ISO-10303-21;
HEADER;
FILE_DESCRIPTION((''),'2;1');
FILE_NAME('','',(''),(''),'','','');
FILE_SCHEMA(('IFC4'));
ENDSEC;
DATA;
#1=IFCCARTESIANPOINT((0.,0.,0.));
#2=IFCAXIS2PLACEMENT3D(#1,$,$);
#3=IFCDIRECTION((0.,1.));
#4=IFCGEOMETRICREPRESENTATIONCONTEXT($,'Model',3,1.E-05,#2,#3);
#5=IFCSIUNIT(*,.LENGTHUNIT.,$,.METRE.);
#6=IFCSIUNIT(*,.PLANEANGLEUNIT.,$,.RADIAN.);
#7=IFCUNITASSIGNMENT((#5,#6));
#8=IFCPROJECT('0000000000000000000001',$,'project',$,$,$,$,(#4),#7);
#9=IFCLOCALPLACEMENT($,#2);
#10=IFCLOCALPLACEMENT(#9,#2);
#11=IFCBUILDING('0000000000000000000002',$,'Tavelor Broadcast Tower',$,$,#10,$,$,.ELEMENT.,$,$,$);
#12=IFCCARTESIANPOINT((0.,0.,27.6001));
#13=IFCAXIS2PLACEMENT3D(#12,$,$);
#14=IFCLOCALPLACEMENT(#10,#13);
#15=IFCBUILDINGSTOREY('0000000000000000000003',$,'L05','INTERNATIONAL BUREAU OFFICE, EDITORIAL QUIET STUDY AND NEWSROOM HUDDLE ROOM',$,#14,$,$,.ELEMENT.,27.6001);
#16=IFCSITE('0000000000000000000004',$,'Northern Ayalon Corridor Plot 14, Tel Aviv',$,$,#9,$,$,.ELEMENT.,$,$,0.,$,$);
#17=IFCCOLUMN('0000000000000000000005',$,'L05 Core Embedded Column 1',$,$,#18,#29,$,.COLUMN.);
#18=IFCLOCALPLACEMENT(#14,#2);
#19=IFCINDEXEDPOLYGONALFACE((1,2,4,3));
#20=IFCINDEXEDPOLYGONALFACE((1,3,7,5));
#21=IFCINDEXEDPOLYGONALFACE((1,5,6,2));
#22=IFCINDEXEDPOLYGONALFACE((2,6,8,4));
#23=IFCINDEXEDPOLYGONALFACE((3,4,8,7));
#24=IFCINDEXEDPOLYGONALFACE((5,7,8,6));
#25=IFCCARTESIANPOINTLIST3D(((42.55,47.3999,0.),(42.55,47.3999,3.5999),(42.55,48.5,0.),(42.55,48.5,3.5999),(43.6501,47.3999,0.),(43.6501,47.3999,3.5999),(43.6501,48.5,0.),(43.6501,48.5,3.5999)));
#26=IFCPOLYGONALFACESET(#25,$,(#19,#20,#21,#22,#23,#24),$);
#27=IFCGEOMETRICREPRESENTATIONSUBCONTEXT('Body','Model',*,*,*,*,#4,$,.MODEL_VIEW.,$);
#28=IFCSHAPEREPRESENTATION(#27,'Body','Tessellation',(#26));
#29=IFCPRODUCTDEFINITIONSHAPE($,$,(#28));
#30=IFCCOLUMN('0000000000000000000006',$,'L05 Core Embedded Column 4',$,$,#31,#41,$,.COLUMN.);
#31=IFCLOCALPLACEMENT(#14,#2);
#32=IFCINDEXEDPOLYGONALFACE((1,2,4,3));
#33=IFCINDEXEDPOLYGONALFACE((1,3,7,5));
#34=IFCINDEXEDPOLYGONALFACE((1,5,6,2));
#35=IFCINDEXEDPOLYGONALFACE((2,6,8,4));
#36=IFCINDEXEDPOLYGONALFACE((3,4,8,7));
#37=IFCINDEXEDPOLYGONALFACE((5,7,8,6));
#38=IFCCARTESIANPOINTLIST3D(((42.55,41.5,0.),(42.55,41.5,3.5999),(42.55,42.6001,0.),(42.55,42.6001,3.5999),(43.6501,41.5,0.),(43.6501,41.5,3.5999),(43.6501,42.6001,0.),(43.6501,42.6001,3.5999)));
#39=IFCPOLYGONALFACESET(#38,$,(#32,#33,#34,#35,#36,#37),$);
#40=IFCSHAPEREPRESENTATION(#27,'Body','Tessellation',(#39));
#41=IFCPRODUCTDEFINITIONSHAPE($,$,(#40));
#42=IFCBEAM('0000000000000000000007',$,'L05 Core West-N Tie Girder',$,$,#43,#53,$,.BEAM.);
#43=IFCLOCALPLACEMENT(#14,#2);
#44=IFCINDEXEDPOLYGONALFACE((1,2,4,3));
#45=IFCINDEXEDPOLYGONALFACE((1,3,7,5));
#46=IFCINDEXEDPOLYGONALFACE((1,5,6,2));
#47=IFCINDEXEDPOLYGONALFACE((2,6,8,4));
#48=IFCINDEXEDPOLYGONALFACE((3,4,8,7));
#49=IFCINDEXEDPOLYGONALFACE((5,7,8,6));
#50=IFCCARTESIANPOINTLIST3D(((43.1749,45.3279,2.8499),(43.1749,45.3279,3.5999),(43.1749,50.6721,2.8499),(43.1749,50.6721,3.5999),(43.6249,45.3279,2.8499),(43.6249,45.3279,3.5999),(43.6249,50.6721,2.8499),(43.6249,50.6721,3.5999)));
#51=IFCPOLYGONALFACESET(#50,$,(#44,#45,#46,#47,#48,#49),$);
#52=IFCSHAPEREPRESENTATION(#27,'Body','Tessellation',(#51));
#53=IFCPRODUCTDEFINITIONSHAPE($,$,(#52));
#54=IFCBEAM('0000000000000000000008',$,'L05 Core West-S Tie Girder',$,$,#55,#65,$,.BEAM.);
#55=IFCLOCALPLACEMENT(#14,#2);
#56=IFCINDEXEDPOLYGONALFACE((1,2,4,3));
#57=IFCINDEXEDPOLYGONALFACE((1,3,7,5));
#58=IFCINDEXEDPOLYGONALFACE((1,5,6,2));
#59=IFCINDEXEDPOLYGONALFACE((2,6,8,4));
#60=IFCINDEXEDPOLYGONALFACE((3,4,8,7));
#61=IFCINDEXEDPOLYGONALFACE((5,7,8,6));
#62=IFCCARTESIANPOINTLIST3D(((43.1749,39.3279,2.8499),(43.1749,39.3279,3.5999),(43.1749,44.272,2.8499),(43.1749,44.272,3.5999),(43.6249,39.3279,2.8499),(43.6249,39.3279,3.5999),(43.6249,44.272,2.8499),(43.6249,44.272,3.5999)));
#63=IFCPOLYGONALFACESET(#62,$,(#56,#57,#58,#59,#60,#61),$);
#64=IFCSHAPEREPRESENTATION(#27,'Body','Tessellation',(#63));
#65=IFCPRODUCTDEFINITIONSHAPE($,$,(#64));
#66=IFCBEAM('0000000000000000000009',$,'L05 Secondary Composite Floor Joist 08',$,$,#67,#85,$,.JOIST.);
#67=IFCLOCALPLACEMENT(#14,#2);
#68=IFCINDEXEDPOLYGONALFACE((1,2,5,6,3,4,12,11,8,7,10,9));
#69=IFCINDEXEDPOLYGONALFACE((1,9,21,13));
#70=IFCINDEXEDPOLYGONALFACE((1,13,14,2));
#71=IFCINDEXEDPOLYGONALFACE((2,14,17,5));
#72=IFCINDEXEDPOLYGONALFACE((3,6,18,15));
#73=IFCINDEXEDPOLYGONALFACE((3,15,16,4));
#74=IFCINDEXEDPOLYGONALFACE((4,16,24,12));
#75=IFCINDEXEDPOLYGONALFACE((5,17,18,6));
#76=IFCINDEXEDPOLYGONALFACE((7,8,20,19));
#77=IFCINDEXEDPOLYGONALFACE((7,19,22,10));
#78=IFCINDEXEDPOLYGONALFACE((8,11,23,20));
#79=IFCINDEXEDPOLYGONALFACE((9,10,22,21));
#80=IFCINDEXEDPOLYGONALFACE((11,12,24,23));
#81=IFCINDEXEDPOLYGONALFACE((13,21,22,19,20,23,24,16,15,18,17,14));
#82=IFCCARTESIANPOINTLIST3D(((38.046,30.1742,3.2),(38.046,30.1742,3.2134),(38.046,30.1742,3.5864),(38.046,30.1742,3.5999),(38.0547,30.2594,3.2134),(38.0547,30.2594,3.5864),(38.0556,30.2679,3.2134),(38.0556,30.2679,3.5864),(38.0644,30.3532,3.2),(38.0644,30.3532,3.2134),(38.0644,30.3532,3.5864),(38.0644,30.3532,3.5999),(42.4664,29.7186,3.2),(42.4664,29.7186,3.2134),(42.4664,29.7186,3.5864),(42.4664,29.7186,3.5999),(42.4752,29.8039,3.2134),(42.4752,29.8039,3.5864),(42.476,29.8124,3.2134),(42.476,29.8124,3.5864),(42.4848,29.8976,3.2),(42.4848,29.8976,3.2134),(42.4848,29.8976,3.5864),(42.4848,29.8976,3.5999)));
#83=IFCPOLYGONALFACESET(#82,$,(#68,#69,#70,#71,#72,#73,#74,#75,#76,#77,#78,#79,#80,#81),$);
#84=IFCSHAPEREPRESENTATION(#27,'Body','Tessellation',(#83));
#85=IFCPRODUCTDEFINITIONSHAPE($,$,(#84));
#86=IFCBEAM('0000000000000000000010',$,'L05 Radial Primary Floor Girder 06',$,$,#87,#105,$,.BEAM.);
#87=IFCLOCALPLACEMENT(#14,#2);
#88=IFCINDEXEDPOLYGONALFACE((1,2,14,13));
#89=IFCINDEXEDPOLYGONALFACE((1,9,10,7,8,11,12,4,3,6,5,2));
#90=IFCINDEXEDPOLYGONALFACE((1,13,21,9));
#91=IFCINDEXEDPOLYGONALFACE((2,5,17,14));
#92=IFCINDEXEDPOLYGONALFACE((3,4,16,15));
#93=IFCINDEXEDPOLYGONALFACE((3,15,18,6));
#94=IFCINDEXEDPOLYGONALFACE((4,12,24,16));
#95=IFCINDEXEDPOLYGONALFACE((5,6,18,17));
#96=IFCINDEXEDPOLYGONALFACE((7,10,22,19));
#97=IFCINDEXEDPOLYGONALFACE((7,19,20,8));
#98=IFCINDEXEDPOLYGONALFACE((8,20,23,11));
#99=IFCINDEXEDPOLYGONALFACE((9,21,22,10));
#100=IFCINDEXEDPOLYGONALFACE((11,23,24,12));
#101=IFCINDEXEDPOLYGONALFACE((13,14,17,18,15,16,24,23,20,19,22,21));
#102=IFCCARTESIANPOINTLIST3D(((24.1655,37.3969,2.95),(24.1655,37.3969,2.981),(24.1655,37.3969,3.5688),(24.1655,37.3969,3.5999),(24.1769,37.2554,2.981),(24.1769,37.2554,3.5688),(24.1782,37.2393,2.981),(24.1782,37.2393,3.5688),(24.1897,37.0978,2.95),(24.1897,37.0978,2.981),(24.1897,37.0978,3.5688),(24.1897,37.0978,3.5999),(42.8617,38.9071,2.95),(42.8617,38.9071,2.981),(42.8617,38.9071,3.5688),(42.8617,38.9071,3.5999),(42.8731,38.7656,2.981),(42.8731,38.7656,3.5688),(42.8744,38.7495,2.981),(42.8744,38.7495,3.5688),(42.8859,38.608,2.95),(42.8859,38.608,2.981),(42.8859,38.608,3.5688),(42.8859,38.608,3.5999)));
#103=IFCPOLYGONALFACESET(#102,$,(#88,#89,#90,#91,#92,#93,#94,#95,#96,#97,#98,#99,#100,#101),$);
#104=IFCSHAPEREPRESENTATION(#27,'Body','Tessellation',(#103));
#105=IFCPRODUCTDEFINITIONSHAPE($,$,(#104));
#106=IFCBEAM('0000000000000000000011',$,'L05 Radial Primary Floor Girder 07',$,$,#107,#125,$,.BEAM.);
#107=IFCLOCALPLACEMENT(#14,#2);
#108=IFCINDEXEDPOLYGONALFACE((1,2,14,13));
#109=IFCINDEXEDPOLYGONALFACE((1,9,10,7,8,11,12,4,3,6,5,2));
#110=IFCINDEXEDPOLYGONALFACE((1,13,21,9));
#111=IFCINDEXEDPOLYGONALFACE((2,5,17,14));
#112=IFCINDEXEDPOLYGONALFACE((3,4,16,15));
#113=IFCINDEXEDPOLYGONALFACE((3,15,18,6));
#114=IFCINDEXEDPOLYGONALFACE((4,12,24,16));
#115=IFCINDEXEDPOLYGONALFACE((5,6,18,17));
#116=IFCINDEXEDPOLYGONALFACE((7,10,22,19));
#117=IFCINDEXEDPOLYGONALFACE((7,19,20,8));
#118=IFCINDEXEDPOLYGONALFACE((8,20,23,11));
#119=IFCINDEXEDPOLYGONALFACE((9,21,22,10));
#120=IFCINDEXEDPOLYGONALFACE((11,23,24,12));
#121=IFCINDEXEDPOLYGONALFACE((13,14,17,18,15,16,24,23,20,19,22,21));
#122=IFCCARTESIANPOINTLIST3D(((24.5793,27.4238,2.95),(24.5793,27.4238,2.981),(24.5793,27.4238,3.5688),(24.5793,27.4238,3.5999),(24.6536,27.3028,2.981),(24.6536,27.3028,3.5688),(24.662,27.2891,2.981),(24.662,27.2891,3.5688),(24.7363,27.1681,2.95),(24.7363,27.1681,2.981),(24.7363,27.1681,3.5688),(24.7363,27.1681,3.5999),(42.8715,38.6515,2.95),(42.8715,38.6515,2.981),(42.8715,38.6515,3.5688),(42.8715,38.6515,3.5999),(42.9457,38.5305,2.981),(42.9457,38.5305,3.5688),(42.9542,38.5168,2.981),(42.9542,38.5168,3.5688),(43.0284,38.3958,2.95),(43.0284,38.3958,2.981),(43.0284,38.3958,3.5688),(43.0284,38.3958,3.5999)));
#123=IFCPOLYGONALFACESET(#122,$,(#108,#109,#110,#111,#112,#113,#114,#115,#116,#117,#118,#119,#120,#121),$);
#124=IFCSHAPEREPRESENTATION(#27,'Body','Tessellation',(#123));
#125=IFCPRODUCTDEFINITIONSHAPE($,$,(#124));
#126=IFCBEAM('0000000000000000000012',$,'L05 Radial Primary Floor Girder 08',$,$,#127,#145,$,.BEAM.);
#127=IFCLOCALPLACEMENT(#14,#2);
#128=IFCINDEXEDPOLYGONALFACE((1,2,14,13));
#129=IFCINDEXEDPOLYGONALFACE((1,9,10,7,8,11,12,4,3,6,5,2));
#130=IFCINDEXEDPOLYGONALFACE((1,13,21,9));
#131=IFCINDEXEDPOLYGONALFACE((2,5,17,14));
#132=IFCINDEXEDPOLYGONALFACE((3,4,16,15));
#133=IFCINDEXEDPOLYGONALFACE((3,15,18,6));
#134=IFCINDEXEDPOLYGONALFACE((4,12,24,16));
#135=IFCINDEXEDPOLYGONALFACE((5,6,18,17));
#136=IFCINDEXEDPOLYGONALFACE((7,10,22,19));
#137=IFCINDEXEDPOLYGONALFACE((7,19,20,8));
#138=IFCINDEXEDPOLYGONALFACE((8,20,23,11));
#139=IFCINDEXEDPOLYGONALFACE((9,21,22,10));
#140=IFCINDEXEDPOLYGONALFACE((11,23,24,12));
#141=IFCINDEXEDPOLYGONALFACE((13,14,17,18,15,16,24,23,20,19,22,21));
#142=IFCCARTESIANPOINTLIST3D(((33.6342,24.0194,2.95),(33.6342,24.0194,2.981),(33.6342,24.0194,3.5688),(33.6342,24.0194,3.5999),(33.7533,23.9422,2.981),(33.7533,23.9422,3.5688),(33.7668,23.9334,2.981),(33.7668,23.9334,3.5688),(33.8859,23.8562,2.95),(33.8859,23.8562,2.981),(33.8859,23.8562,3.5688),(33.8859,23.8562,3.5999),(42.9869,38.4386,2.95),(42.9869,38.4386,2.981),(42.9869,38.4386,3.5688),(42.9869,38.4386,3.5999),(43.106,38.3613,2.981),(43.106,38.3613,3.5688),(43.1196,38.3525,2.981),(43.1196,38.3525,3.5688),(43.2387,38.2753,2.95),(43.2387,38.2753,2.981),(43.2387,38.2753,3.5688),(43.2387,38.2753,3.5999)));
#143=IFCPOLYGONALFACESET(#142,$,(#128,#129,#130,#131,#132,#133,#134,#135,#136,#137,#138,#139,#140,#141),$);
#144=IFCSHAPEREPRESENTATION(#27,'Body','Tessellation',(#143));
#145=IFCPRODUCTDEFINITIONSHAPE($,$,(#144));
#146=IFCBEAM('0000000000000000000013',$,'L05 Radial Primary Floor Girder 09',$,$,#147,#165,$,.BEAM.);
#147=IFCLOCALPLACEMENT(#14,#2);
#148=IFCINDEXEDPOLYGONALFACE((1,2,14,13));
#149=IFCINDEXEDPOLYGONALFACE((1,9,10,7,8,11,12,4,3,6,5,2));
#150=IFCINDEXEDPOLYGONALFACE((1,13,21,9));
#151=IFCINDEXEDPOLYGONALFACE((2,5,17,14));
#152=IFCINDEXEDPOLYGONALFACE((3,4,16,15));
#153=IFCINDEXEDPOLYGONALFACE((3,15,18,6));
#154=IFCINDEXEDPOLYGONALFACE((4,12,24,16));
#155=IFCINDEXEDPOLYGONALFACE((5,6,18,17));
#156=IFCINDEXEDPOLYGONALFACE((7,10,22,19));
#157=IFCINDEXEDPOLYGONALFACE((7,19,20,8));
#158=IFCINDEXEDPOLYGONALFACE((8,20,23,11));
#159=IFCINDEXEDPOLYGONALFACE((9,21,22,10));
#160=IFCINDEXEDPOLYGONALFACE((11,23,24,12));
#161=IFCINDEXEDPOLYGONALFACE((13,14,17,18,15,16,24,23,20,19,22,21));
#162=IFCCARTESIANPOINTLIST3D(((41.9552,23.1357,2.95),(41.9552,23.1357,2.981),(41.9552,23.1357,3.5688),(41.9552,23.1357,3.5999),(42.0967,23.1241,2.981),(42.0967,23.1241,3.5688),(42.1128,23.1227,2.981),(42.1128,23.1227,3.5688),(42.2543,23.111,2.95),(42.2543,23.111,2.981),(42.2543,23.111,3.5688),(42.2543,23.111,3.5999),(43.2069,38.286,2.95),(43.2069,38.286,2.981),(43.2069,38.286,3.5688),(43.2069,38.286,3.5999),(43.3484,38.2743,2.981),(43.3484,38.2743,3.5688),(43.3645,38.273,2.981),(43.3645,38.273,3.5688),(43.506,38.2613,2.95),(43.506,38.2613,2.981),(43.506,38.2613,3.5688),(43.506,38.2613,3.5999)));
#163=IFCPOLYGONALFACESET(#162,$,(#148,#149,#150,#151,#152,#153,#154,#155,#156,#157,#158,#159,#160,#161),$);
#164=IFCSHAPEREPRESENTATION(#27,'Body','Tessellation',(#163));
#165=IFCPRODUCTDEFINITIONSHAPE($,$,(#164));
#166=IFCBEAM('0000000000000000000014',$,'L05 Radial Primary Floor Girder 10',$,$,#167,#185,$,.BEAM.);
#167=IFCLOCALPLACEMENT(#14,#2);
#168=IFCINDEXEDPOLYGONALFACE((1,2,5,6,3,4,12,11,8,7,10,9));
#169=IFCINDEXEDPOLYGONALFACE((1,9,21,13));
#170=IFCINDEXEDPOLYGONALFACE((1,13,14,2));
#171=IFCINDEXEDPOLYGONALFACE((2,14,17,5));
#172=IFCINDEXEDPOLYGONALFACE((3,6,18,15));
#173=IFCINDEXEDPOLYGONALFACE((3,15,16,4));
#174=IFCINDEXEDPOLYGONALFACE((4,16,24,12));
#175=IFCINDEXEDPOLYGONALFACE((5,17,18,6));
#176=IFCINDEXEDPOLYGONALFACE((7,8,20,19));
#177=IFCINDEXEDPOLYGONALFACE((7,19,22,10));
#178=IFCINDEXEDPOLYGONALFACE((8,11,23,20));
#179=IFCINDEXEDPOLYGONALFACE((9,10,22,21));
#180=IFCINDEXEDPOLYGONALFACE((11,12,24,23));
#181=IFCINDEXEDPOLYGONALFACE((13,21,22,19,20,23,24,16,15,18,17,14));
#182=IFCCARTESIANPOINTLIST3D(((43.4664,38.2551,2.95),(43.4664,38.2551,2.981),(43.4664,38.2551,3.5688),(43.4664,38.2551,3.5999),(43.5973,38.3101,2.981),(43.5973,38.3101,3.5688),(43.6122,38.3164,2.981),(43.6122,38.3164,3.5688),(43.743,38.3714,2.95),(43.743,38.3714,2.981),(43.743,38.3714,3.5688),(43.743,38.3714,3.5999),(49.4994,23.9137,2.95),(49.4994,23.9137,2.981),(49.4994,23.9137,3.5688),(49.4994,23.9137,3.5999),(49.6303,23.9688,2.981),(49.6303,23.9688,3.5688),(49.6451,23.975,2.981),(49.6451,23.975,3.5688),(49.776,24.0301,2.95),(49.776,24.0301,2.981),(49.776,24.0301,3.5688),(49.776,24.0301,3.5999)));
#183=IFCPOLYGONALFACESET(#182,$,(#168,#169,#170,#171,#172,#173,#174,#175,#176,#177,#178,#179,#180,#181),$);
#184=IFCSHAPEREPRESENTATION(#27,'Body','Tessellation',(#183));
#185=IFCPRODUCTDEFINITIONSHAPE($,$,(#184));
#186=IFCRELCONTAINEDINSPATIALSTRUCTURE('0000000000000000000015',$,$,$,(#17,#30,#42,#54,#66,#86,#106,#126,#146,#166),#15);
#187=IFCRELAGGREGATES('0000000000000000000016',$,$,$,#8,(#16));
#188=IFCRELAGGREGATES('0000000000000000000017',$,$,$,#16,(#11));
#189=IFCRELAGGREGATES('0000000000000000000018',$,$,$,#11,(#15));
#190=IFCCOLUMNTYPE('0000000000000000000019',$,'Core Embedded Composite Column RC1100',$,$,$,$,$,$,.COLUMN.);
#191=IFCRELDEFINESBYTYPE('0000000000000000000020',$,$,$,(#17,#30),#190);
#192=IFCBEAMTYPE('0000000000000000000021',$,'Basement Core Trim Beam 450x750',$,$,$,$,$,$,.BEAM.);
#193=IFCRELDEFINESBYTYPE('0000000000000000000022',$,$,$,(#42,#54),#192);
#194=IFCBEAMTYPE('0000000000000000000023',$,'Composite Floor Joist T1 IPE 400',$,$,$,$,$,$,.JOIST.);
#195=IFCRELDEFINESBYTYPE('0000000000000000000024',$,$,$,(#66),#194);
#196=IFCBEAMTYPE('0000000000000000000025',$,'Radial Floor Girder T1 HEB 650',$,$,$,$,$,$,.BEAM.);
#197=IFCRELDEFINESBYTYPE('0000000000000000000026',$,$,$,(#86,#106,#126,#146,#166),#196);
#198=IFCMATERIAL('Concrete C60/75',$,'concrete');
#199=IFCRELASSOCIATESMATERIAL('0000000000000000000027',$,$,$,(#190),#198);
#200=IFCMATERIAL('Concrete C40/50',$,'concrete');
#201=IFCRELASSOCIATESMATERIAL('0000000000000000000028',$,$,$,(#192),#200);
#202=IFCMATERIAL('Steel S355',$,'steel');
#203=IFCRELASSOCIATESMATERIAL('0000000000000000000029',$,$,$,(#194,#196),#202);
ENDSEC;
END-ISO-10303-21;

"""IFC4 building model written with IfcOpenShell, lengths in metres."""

from ifc_helpers import new_model, si_unit, direction, frame, origin, origin_2d, place, context, subcontext, project, spatial, rectangle, i_section, extrude, material, material_profile, profile_set, type_object, element, save


model = new_model("IFC4")

# Units and contexts
model_context = context("Model", 3, precision=1e-05, world=origin(), true_north=direction((0.0, 1.0)))
body_context = subcontext(model_context, "Body", "Model", "MODEL_VIEW")
ifc_project = project(units=[si_unit("LENGTHUNIT", "METRE"), si_unit("PLANEANGLEUNIT", "RADIAN")], contexts=[model_context])

# Site, building, storey
site_placement = place(None, origin())
site = spatial("IfcSite", under=ifc_project, at=site_placement, Name="Northern Ayalon Corridor Plot 14, Tel Aviv", CompositionType="ELEMENT", RefElevation=0.0)
building_placement = place(site_placement, origin())
building = spatial("IfcBuilding", under=site, at=building_placement, Name="Tavelor Broadcast Tower", CompositionType="ELEMENT")
storey_placement = place(building_placement, frame((0.0, 0.0, 27.6001)))
storey = spatial("IfcBuildingStorey", under=building, at=storey_placement, Name="L05", Description="INTERNATIONAL BUREAU OFFICE, EDITORIAL QUIET STUDY AND NEWSROOM HUDDLE ROOM", CompositionType="ELEMENT", Elevation=27.6001)

# Columns
ifc_material_1 = material(Name="Concrete C60/75", Category="concrete")
ifc_material_profile_1 = material_profile(ifc_material_1, rectangle(XDim=1.1001, YDim=1.1001, at=origin_2d()), Name="RC 1100x1100")
ifc_profile_set_1 = profile_set([ifc_material_profile_1], Name="Concrete C60/75")
column_type = type_object("IfcColumnType", Name="Core Embedded Composite Column RC1100", PredefinedType="COLUMN", material=ifc_profile_set_1)
for number, where, z_axis, x_axis, name in (
    (1, (43.1001, 47.95, 0.0), (0.0, 0.0, 1.0), (1.0, 0.0, 0.0), "L05 Core Embedded Column 1"),
    (2, (43.1001, 42.05, 0.0), (0.0, 0.0, 1.0), (1.0, 0.0, 0.0), "L05 Core Embedded Column 4"),
):
    element("IfcColumn", number, at=place(storey_placement, frame(where, z_axis=z_axis, x_axis=x_axis)), inside=storey, type_object=column_type, Name=name, PredefinedType="COLUMN", context=body_context, shape_type="SweptSolid", body=[
        extrude(rectangle(XDim=1.1001, YDim=1.1001, at=origin_2d()), origin(), (0.0, 0.0, 1.0), 3.5999),
    ])

# Beams
ifc_material_2 = material(Name="Concrete C40/50", Category="concrete")
ifc_material_profile_2 = material_profile(ifc_material_2, rectangle(XDim=0.45, YDim=0.75, at=origin_2d()), Name="RC 450x750")
ifc_profile_set_2 = profile_set([ifc_material_profile_2], Name="Concrete C40/50")
beam_type_1 = type_object("IfcBeamType", Name="Basement Core Trim Beam 450x750", PredefinedType="BEAM", material=ifc_profile_set_2)
beam_1_placement = place(storey_placement, frame((43.3999, 45.3279, 3.2249), z_axis=(0.0, 1.0, 0.0), x_axis=(-1.0, 0.0, 0.0)))
element("IfcBeam", 3, at=beam_1_placement, inside=storey, type_object=beam_type_1, Name="L05 Core West-N Tie Girder", PredefinedType="BEAM", context=body_context, shape_type="SweptSolid", body=[
    extrude(rectangle(XDim=0.45, YDim=0.75, at=origin_2d()), origin(), (0.0, 0.0, 1.0), 5.3442),
])
beam_2_placement = place(storey_placement, frame((43.3999, 39.3279, 3.2249), z_axis=(0.0, 1.0, 0.0), x_axis=(-1.0, 0.0, 0.0)))
element("IfcBeam", 4, at=beam_2_placement, inside=storey, type_object=beam_type_1, Name="L05 Core West-S Tie Girder", PredefinedType="BEAM", context=body_context, shape_type="SweptSolid", body=[
    extrude(rectangle(XDim=0.45, YDim=0.75, at=origin_2d()), origin(), (0.0, 0.0, 1.0), 4.9441),
])
ifc_material_3 = material(Name="Steel S355", Category="steel")
ifc_material_profile_3 = material_profile(ifc_material_3, i_section(OverallWidth=0.1799, OverallDepth=0.3999, WebThickness=0.0085, FlangeThickness=0.0134, at=origin_2d()), Name="IPE 400")
ifc_profile_set_3 = profile_set([ifc_material_profile_3], Name="Steel S355")
beam_type_2 = type_object("IfcBeamType", Name="Composite Floor Joist T1 IPE 400", PredefinedType="JOIST", material=ifc_profile_set_3)
beam_3_placement = place(storey_placement, frame((38.0552, 30.2637, 3.3999), z_axis=(0.994731, -0.102517, 0.0), x_axis=(0.102517, 0.994731, 0.0)))
element("IfcBeam", 5, at=beam_3_placement, inside=storey, type_object=beam_type_2, Name="L05 Secondary Composite Floor Joist 08", PredefinedType="JOIST", context=body_context, shape_type="SweptSolid", body=[
    extrude(i_section(OverallWidth=0.1799, OverallDepth=0.3999, WebThickness=0.0085, FlangeThickness=0.0134, at=origin_2d()), origin(), (0.0, 0.0, 1.0), 4.4438),
])
ifc_material_profile_4 = material_profile(ifc_material_3, i_section(OverallWidth=0.3, OverallDepth=0.6499, WebThickness=0.0161, FlangeThickness=0.031, at=origin_2d()), Name="HEB 650")
ifc_profile_set_4 = profile_set([ifc_material_profile_4], Name="Steel S355")
beam_type_3 = type_object("IfcBeamType", Name="Radial Floor Girder T1 HEB 650", PredefinedType="BEAM", material=ifc_profile_set_4)
beam_4_placement = place(storey_placement, frame((42.8738, 38.7576, 3.2749), z_axis=(-0.996753, -0.080516, 0.0), x_axis=(0.080516, -0.996753, 0.0)))
element("IfcBeam", 6, at=beam_4_placement, inside=storey, type_object=beam_type_3, Name="L05 Radial Primary Floor Girder 06", PredefinedType="BEAM", context=body_context, shape_type="SweptSolid", body=[
    extrude(i_section(OverallWidth=0.3, OverallDepth=0.6499, WebThickness=0.0161, FlangeThickness=0.031, at=origin_2d()), origin(), (0.0, 0.0, 1.0), 18.7571),
])
beam_5_placement = place(storey_placement, frame((42.95, 38.5237, 3.2749), z_axis=(-0.85226, -0.523118, 0.0), x_axis=(0.523118, -0.85226, 0.0)))
element("IfcBeam", 7, at=beam_5_placement, inside=storey, type_object=beam_type_3, Name="L05 Radial Primary Floor Girder 07", PredefinedType="BEAM", context=body_context, shape_type="SweptSolid", body=[
    extrude(i_section(OverallWidth=0.3, OverallDepth=0.6499, WebThickness=0.0161, FlangeThickness=0.031, at=origin_2d()), origin(), (0.0, 0.0, 1.0), 21.4631),
])
beam_6_placement = place(storey_placement, frame((43.1128, 38.3569, 3.2749), z_axis=(-0.544183, -0.838967, 0.0), x_axis=(0.838967, -0.544183, 0.0)))
element("IfcBeam", 8, at=beam_6_placement, inside=storey, type_object=beam_type_3, Name="L05 Radial Primary Floor Girder 08", PredefinedType="BEAM", context=body_context, shape_type="SweptSolid", body=[
    extrude(i_section(OverallWidth=0.3, OverallDepth=0.6499, WebThickness=0.0161, FlangeThickness=0.031, at=origin_2d()), origin(), (0.0, 0.0, 1.0), 17.1868),
])
beam_7_placement = place(storey_placement, frame((43.3564, 38.2737, 3.2749), z_axis=(-0.082338, -0.996604, 0.0), x_axis=(0.996604, -0.082338, 0.0)))
element("IfcBeam", 9, at=beam_7_placement, inside=storey, type_object=beam_type_3, Name="L05 Radial Primary Floor Girder 09", PredefinedType="BEAM", context=body_context, shape_type="SweptSolid", body=[
    extrude(i_section(OverallWidth=0.3, OverallDepth=0.6499, WebThickness=0.0161, FlangeThickness=0.031, at=origin_2d()), origin(), (0.0, 0.0, 1.0), 15.2019),
])
beam_8_placement = place(storey_placement, frame((43.6047, 38.3132, 3.2749), z_axis=(0.387757, -0.921761, 0.0), x_axis=(0.921761, 0.387757, 0.0)))
element("IfcBeam", 10, at=beam_8_placement, inside=storey, type_object=beam_type_3, Name="L05 Radial Primary Floor Girder 10", PredefinedType="BEAM", context=body_context, shape_type="SweptSolid", body=[
    extrude(i_section(OverallWidth=0.3, OverallDepth=0.6499, WebThickness=0.0161, FlangeThickness=0.031, at=origin_2d()), origin(), (0.0, 0.0, 1.0), 15.5586),
])

save(model, "model.ifc")
